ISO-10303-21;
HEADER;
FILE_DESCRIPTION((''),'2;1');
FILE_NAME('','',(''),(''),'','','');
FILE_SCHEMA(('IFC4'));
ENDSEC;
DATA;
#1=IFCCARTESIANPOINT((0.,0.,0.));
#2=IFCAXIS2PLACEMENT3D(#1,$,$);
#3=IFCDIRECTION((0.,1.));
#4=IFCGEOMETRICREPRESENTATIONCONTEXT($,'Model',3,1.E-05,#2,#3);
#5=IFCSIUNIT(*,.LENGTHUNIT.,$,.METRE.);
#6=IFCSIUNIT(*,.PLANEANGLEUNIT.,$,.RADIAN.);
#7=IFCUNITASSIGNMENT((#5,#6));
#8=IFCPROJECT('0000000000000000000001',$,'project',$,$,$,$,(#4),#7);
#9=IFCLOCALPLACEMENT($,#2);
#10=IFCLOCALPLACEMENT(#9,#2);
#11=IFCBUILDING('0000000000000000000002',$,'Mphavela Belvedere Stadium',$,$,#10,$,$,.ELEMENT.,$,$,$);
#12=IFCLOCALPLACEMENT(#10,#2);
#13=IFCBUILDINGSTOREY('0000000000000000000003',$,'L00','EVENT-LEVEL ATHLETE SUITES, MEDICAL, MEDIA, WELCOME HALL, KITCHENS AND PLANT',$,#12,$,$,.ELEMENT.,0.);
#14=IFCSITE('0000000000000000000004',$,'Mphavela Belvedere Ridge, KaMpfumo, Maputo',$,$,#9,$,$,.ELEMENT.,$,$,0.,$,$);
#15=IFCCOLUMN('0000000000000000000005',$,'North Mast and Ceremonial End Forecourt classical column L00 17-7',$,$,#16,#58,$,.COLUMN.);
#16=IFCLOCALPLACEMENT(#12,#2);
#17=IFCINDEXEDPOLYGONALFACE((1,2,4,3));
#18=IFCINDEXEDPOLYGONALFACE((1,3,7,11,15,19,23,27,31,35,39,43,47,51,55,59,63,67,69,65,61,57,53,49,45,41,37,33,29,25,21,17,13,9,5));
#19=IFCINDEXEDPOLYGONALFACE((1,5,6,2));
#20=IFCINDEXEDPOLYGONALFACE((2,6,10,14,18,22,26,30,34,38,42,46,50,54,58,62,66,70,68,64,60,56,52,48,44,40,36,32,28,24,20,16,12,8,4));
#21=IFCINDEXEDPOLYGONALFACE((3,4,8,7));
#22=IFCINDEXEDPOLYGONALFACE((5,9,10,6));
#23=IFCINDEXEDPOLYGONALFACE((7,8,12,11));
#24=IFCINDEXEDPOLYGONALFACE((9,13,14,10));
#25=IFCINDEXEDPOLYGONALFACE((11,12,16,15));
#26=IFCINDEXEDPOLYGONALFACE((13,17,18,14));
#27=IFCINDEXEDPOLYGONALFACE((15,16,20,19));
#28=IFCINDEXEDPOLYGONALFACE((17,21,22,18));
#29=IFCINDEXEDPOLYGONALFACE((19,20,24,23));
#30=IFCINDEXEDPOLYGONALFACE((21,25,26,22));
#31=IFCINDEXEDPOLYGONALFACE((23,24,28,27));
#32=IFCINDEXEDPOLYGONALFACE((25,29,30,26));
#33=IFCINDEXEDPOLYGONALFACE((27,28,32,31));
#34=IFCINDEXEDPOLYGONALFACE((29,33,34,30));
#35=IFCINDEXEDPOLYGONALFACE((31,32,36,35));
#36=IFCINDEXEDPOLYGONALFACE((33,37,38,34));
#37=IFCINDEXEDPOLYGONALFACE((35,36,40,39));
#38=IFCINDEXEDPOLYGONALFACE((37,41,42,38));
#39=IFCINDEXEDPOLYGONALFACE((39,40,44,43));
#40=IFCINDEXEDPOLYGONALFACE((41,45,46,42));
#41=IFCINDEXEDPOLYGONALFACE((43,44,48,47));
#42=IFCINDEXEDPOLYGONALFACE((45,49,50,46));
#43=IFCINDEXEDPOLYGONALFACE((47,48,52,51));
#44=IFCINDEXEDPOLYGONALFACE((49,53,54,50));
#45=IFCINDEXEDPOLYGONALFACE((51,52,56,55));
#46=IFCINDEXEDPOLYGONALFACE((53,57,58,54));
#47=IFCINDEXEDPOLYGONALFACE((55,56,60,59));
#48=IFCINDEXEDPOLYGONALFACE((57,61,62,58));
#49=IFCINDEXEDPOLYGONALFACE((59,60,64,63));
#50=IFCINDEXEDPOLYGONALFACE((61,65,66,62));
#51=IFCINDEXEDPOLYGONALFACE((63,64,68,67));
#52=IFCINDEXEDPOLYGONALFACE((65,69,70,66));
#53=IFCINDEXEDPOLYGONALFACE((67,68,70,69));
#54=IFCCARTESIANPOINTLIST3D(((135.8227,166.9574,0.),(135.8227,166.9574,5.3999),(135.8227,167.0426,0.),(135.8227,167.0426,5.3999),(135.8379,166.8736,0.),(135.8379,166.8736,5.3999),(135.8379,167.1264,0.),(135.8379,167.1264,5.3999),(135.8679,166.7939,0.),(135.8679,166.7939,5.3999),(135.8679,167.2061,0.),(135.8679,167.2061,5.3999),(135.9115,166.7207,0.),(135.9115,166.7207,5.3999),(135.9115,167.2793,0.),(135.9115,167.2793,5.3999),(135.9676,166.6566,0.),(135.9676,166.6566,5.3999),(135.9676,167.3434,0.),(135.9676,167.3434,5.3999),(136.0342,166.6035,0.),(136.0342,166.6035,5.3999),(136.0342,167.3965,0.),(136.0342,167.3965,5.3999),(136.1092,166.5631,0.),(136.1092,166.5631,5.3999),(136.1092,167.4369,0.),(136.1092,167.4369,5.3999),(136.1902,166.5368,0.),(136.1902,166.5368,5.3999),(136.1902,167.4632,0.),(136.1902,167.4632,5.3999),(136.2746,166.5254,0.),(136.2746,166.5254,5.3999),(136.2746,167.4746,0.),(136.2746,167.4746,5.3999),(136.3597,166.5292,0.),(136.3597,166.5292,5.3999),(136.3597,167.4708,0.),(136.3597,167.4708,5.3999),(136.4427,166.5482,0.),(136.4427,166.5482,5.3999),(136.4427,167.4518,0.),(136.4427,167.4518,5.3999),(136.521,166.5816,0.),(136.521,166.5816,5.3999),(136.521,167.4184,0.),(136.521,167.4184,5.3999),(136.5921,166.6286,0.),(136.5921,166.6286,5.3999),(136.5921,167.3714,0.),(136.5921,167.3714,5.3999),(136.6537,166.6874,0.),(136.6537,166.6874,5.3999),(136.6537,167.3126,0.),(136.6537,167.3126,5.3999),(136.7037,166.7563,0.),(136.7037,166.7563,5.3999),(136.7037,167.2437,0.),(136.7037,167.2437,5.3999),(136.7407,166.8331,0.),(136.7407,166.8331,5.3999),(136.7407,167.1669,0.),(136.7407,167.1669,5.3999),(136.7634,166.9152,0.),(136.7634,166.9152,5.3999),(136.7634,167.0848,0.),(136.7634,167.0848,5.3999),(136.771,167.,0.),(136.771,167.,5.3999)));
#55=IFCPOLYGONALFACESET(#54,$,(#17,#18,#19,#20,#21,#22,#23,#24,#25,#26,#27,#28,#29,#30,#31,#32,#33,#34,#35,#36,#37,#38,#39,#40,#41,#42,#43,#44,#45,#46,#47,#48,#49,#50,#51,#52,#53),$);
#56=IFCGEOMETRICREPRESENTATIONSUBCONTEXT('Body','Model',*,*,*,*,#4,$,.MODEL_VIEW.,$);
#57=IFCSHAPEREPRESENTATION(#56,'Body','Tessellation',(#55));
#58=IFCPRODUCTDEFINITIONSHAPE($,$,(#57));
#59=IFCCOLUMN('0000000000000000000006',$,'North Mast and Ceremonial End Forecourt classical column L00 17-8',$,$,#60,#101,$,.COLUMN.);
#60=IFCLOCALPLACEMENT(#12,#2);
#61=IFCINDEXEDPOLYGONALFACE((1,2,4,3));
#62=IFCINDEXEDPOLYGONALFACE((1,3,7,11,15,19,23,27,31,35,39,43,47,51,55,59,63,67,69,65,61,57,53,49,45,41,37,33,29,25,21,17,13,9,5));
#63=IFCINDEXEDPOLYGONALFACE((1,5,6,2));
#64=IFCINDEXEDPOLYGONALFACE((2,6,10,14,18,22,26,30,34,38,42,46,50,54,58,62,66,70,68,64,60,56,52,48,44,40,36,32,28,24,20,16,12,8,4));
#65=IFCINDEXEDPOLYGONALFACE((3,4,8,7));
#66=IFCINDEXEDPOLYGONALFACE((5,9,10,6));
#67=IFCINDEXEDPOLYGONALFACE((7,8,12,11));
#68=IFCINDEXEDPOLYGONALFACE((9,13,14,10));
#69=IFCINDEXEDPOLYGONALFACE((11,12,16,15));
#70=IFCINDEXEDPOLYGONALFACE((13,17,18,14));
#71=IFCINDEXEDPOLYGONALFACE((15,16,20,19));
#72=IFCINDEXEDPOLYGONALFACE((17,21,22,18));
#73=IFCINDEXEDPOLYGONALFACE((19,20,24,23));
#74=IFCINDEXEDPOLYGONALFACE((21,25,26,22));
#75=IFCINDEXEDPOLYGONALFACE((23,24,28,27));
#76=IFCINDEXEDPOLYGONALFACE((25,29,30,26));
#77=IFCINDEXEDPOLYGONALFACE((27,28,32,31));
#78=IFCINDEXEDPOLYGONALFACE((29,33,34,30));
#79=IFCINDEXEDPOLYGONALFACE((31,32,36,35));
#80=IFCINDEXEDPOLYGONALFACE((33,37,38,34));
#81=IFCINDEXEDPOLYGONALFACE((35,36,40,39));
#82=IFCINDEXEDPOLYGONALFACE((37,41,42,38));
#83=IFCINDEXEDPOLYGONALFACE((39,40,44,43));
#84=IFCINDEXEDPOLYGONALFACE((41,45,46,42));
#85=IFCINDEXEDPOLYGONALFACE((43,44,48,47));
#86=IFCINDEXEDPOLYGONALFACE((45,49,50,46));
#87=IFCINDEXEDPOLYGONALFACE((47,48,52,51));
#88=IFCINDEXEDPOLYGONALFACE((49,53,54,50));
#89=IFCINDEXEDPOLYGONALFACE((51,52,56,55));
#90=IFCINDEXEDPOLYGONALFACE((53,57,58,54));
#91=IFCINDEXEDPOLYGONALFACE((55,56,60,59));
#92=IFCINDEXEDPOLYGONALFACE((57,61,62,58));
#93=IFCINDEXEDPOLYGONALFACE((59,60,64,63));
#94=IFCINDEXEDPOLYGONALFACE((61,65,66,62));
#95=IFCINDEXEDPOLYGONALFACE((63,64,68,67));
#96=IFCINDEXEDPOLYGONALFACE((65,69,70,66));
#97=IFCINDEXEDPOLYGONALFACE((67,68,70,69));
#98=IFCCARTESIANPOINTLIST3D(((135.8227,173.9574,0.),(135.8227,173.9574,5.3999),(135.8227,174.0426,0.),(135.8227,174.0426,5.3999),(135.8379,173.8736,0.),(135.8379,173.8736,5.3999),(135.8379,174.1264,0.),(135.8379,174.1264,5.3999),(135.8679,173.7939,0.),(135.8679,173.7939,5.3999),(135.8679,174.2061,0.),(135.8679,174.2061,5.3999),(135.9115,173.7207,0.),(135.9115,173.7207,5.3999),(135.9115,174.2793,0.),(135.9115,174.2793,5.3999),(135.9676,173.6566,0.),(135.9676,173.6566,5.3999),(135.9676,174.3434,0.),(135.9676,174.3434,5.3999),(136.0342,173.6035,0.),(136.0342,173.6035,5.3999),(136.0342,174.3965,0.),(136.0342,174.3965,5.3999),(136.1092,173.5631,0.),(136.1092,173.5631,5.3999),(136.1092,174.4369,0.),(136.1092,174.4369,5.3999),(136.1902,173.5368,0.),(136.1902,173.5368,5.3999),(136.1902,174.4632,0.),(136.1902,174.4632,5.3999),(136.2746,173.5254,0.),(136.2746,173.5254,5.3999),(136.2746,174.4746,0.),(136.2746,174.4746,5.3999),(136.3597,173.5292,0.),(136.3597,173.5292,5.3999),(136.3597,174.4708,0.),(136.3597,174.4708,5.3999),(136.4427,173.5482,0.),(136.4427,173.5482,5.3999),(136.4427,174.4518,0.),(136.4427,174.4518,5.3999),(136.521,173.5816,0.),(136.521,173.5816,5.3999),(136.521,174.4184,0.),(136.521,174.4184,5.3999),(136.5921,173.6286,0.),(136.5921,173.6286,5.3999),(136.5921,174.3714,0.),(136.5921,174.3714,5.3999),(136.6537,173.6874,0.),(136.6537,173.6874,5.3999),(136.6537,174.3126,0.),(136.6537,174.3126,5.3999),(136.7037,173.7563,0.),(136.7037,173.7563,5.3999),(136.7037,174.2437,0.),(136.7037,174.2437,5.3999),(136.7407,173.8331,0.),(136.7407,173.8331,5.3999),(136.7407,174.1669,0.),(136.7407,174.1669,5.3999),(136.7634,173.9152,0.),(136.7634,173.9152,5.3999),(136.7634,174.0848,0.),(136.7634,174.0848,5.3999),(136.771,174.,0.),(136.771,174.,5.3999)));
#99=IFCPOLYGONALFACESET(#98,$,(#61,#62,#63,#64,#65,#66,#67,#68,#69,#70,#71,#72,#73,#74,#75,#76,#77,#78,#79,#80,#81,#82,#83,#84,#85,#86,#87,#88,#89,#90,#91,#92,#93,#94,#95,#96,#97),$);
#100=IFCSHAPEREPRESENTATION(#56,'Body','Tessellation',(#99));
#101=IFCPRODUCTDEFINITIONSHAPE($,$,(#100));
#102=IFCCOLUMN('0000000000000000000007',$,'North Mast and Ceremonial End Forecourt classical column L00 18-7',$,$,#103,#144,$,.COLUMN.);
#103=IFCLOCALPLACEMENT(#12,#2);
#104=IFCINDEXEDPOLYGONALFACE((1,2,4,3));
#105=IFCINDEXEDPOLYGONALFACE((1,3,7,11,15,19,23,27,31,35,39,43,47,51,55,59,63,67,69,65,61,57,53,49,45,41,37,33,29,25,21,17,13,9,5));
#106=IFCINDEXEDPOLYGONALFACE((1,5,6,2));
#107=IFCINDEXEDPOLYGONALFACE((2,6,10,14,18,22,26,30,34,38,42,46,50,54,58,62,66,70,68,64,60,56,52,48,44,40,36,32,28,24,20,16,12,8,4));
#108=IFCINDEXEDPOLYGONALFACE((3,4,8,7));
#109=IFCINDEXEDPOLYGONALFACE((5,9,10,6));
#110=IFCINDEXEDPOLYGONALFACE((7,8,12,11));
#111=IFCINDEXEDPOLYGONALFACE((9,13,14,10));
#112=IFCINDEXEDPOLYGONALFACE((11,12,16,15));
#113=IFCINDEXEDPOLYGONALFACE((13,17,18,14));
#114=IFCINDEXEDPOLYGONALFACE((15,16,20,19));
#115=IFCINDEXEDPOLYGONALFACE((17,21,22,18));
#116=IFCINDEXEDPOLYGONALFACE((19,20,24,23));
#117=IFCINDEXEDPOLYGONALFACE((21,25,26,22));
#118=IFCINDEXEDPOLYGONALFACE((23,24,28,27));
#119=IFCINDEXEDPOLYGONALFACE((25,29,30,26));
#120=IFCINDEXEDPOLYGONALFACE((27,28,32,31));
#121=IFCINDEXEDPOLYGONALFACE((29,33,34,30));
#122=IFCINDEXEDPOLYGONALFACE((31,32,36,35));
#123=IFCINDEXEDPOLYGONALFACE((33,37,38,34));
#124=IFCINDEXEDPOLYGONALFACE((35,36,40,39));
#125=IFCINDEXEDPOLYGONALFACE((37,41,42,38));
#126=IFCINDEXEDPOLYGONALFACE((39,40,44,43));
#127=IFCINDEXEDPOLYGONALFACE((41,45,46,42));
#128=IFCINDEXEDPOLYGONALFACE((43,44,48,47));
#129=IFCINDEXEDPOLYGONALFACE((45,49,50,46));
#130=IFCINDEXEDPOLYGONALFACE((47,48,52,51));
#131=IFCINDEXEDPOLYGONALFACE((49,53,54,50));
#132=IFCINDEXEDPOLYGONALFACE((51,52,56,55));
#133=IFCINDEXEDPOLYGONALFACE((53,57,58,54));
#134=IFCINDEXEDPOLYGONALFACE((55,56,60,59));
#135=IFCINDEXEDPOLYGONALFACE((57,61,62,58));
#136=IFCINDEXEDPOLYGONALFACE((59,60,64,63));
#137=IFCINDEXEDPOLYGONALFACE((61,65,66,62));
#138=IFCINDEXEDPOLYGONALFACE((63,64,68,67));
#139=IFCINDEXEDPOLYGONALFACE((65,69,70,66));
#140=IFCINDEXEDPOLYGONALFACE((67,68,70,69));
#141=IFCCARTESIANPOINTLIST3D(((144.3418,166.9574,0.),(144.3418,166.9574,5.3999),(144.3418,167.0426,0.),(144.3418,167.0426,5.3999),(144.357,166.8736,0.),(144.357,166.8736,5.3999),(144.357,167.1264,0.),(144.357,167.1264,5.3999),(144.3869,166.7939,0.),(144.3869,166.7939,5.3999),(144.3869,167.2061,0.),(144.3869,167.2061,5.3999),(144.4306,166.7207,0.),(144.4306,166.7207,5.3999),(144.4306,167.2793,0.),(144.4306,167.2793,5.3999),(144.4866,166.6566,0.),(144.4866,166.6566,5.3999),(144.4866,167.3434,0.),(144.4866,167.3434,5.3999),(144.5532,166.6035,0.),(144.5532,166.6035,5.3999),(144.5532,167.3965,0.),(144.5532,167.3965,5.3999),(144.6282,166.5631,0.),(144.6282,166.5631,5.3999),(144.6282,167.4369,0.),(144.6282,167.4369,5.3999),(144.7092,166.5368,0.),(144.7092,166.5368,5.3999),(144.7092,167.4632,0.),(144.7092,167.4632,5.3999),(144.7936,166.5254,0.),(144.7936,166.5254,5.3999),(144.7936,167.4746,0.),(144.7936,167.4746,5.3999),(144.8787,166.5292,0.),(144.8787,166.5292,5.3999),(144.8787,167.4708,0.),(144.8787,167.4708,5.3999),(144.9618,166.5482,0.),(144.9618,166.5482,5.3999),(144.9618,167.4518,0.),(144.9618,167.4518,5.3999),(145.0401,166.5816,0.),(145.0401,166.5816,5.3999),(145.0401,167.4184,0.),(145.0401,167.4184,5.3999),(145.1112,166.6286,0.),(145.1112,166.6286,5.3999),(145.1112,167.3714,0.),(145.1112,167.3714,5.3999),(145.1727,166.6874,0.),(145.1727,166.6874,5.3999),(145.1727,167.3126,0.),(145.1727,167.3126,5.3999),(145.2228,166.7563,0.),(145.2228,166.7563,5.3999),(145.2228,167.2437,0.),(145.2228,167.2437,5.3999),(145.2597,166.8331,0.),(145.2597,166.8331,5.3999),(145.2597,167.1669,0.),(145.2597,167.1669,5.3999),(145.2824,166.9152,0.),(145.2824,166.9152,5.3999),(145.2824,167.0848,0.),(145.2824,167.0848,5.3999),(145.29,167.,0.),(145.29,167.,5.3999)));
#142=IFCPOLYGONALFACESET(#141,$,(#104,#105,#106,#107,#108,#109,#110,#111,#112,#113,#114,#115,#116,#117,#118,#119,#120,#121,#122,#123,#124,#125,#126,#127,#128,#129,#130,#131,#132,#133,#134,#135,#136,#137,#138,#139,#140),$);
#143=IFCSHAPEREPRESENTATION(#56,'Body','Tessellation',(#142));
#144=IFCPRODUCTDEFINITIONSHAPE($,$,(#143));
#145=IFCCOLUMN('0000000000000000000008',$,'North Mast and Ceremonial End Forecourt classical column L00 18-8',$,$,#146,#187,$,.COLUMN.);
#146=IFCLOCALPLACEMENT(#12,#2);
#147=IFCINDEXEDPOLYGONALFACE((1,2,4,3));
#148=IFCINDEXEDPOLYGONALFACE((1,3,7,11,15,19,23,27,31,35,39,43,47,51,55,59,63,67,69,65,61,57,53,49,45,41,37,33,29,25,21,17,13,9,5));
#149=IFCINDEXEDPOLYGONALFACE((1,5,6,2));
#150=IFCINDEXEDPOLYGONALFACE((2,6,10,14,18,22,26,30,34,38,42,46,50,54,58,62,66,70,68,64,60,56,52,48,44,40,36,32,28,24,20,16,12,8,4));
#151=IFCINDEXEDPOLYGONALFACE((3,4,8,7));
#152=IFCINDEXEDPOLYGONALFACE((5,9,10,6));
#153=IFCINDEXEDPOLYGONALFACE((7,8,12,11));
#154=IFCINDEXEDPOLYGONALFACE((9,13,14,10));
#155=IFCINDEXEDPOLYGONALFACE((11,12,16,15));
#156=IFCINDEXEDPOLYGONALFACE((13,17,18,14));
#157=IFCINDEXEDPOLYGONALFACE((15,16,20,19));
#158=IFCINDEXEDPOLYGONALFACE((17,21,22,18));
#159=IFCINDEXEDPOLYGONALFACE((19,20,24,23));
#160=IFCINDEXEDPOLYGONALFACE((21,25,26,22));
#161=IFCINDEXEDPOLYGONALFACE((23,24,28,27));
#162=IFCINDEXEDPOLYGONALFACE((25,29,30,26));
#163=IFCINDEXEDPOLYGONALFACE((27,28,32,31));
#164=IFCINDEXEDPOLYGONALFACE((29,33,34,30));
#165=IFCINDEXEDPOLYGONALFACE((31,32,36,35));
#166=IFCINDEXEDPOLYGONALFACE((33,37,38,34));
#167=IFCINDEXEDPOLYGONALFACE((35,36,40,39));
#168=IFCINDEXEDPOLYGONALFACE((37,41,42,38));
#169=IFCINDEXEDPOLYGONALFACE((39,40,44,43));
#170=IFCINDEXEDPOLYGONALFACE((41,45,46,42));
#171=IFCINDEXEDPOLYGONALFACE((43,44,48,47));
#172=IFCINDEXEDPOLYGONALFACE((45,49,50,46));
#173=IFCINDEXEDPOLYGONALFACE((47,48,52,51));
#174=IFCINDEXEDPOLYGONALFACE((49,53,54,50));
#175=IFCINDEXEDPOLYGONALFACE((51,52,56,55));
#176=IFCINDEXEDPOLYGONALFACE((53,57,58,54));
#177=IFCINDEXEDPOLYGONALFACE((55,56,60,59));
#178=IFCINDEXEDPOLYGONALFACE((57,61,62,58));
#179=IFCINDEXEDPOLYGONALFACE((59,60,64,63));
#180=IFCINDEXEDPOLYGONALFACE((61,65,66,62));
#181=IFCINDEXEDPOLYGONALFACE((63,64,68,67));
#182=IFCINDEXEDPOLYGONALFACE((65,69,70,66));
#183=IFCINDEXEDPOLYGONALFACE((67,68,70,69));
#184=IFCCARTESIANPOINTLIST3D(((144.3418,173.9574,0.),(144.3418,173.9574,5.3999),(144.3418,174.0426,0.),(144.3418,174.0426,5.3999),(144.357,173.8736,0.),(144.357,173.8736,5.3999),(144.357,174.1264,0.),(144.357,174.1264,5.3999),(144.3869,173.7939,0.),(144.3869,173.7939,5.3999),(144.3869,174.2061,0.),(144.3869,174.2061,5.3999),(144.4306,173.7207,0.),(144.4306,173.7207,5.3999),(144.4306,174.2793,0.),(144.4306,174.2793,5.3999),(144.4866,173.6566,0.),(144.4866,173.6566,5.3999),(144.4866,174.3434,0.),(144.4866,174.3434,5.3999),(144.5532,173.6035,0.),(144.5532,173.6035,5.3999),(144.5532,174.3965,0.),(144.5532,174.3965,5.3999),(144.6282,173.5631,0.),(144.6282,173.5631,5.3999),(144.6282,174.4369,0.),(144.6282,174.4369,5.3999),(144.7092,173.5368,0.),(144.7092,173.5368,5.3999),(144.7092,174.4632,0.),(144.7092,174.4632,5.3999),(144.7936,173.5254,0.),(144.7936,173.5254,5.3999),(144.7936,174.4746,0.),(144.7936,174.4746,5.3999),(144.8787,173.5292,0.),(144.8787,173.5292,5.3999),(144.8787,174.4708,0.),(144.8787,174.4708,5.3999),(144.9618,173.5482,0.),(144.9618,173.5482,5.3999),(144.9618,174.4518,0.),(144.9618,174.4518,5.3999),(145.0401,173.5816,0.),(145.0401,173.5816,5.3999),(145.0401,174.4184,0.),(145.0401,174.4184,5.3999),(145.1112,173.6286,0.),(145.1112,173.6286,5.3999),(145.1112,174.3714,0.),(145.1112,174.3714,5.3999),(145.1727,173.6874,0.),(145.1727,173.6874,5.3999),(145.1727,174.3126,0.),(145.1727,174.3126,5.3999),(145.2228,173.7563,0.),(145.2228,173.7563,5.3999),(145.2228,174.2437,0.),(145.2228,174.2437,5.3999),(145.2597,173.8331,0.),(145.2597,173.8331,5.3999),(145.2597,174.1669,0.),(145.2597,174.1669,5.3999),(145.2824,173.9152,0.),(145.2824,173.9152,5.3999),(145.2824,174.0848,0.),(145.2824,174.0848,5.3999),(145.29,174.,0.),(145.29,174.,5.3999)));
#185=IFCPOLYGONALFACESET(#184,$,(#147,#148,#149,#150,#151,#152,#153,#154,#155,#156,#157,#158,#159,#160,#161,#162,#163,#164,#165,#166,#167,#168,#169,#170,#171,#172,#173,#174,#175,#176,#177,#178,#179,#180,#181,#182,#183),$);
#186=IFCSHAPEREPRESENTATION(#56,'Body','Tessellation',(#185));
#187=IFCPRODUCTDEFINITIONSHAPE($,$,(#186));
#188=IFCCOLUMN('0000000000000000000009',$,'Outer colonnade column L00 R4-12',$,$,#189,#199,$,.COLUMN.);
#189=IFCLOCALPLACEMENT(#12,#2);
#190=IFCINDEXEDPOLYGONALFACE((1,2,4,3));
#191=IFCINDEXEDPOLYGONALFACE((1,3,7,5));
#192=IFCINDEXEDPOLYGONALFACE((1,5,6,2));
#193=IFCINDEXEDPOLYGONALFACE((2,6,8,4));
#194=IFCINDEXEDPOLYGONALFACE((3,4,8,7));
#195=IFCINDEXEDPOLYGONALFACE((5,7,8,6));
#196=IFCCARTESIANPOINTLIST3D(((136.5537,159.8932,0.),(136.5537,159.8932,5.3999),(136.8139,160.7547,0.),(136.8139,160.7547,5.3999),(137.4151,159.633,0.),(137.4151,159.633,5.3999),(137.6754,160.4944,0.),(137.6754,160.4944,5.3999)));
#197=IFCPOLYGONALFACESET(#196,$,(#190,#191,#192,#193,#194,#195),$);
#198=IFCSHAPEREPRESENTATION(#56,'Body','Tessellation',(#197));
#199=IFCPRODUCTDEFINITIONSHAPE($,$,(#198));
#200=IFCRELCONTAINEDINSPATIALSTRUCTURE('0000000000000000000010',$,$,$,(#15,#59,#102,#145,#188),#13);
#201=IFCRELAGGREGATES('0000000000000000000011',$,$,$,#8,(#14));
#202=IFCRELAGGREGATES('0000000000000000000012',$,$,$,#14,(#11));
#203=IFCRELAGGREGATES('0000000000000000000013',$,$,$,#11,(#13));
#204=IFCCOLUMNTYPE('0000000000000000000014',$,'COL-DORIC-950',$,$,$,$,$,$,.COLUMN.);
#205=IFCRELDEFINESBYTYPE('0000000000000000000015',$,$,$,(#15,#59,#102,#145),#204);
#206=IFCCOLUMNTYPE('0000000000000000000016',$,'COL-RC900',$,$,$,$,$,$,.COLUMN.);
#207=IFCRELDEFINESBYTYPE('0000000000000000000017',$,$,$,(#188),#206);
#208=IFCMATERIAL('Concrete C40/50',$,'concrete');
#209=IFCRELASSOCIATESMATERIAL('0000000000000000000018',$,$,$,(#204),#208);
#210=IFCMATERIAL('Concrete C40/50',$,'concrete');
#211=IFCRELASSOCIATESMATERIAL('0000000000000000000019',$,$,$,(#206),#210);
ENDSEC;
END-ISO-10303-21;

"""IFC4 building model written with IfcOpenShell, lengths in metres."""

from ifc_helpers import new_model, si_unit, direction, frame, origin, origin_2d, place, context, subcontext, project, spatial, rectangle, circle, extrude, material, material_profile, profile_set, type_object, element, save


model = new_model("IFC4")

# Units and contexts
model_context = context("Model", 3, precision=1e-05, world=origin(), true_north=direction((0.0, 1.0)))
body_context = subcontext(model_context, "Body", "Model", "MODEL_VIEW")
ifc_project = project(units=[si_unit("LENGTHUNIT", "METRE"), si_unit("PLANEANGLEUNIT", "RADIAN")], contexts=[model_context])

# Site, building, storey
site_placement = place(None, origin())
site = spatial("IfcSite", under=ifc_project, at=site_placement, Name="Mphavela Belvedere Ridge, KaMpfumo, Maputo", CompositionType="ELEMENT", RefElevation=0.0)
building_placement = place(site_placement, origin())
building = spatial("IfcBuilding", under=site, at=building_placement, Name="Mphavela Belvedere Stadium", CompositionType="ELEMENT")
storey_placement = place(building_placement, origin())
storey = spatial("IfcBuildingStorey", under=building, at=storey_placement, Name="L00", Description="EVENT-LEVEL ATHLETE SUITES, MEDICAL, MEDIA, WELCOME HALL, KITCHENS AND PLANT", CompositionType="ELEMENT", Elevation=0.0)

# Columns
ifc_material_1 = material(Name="Concrete C40/50", Category="concrete")
ifc_material_profile_1 = material_profile(ifc_material_1, circle(Radius=0.4751, at=origin_2d()), Name="COL D950")
ifc_profile_set_1 = profile_set([ifc_material_profile_1], Name="Concrete C40/50")
column_type_1 = type_object("IfcColumnType", Name="COL-DORIC-950", PredefinedType="COLUMN", material=ifc_profile_set_1)
for number, where, z_axis, x_axis, name in (
    (1, (136.2959, 167.0, 0.0), (0.0, 0.0, 1.0), (1.0, 0.0, 0.0), "North Mast and Ceremonial End Forecourt classical column L00 17-7"),
    (2, (136.2959, 174.0, 0.0), (0.0, 0.0, 1.0), (1.0, 0.0, 0.0), "North Mast and Ceremonial End Forecourt classical column L00 17-8"),
    (3, (144.8149, 167.0, 0.0), (0.0, 0.0, 1.0), (1.0, 0.0, 0.0), "North Mast and Ceremonial End Forecourt classical column L00 18-7"),
    (4, (144.8149, 174.0, 0.0), (0.0, 0.0, 1.0), (1.0, 0.0, 0.0), "North Mast and Ceremonial End Forecourt classical column L00 18-8"),
):
    element("IfcColumn", number, at=place(storey_placement, frame(where, z_axis=z_axis, x_axis=x_axis)), inside=storey, type_object=column_type_1, Name=name, PredefinedType="COLUMN", context=body_context, shape_type="SweptSolid", body=[
        extrude(circle(Radius=0.4751, at=origin_2d()), origin(), (0.0, 0.0, 1.0), 5.3999),
    ])
ifc_material_2 = material(Name="Concrete C40/50", Category="concrete")
ifc_material_profile_2 = material_profile(ifc_material_2, rectangle(XDim=0.8999, YDim=0.8999, at=origin_2d()), Name="RC 900x900")
ifc_profile_set_2 = profile_set([ifc_material_profile_2], Name="Concrete C40/50")
column_type_2 = type_object("IfcColumnType", Name="COL-RC900", PredefinedType="COLUMN", material=ifc_profile_set_2)
column_placement = place(storey_placement, frame((137.1145, 160.1938, 0.0), z_axis=(0.0, 0.0, 1.0), x_axis=(0.289199, 0.957269, 0.0)))
element("IfcColumn", 5, at=column_placement, inside=storey, type_object=column_type_2, Name="Outer colonnade column L00 R4-12", PredefinedType="COLUMN", context=body_context, shape_type="SweptSolid", body=[
    extrude(rectangle(XDim=0.8999, YDim=0.8999, at=origin_2d()), origin(), (0.0, 0.0, 1.0), 5.3999),
])

save(model, "model.ifc")
